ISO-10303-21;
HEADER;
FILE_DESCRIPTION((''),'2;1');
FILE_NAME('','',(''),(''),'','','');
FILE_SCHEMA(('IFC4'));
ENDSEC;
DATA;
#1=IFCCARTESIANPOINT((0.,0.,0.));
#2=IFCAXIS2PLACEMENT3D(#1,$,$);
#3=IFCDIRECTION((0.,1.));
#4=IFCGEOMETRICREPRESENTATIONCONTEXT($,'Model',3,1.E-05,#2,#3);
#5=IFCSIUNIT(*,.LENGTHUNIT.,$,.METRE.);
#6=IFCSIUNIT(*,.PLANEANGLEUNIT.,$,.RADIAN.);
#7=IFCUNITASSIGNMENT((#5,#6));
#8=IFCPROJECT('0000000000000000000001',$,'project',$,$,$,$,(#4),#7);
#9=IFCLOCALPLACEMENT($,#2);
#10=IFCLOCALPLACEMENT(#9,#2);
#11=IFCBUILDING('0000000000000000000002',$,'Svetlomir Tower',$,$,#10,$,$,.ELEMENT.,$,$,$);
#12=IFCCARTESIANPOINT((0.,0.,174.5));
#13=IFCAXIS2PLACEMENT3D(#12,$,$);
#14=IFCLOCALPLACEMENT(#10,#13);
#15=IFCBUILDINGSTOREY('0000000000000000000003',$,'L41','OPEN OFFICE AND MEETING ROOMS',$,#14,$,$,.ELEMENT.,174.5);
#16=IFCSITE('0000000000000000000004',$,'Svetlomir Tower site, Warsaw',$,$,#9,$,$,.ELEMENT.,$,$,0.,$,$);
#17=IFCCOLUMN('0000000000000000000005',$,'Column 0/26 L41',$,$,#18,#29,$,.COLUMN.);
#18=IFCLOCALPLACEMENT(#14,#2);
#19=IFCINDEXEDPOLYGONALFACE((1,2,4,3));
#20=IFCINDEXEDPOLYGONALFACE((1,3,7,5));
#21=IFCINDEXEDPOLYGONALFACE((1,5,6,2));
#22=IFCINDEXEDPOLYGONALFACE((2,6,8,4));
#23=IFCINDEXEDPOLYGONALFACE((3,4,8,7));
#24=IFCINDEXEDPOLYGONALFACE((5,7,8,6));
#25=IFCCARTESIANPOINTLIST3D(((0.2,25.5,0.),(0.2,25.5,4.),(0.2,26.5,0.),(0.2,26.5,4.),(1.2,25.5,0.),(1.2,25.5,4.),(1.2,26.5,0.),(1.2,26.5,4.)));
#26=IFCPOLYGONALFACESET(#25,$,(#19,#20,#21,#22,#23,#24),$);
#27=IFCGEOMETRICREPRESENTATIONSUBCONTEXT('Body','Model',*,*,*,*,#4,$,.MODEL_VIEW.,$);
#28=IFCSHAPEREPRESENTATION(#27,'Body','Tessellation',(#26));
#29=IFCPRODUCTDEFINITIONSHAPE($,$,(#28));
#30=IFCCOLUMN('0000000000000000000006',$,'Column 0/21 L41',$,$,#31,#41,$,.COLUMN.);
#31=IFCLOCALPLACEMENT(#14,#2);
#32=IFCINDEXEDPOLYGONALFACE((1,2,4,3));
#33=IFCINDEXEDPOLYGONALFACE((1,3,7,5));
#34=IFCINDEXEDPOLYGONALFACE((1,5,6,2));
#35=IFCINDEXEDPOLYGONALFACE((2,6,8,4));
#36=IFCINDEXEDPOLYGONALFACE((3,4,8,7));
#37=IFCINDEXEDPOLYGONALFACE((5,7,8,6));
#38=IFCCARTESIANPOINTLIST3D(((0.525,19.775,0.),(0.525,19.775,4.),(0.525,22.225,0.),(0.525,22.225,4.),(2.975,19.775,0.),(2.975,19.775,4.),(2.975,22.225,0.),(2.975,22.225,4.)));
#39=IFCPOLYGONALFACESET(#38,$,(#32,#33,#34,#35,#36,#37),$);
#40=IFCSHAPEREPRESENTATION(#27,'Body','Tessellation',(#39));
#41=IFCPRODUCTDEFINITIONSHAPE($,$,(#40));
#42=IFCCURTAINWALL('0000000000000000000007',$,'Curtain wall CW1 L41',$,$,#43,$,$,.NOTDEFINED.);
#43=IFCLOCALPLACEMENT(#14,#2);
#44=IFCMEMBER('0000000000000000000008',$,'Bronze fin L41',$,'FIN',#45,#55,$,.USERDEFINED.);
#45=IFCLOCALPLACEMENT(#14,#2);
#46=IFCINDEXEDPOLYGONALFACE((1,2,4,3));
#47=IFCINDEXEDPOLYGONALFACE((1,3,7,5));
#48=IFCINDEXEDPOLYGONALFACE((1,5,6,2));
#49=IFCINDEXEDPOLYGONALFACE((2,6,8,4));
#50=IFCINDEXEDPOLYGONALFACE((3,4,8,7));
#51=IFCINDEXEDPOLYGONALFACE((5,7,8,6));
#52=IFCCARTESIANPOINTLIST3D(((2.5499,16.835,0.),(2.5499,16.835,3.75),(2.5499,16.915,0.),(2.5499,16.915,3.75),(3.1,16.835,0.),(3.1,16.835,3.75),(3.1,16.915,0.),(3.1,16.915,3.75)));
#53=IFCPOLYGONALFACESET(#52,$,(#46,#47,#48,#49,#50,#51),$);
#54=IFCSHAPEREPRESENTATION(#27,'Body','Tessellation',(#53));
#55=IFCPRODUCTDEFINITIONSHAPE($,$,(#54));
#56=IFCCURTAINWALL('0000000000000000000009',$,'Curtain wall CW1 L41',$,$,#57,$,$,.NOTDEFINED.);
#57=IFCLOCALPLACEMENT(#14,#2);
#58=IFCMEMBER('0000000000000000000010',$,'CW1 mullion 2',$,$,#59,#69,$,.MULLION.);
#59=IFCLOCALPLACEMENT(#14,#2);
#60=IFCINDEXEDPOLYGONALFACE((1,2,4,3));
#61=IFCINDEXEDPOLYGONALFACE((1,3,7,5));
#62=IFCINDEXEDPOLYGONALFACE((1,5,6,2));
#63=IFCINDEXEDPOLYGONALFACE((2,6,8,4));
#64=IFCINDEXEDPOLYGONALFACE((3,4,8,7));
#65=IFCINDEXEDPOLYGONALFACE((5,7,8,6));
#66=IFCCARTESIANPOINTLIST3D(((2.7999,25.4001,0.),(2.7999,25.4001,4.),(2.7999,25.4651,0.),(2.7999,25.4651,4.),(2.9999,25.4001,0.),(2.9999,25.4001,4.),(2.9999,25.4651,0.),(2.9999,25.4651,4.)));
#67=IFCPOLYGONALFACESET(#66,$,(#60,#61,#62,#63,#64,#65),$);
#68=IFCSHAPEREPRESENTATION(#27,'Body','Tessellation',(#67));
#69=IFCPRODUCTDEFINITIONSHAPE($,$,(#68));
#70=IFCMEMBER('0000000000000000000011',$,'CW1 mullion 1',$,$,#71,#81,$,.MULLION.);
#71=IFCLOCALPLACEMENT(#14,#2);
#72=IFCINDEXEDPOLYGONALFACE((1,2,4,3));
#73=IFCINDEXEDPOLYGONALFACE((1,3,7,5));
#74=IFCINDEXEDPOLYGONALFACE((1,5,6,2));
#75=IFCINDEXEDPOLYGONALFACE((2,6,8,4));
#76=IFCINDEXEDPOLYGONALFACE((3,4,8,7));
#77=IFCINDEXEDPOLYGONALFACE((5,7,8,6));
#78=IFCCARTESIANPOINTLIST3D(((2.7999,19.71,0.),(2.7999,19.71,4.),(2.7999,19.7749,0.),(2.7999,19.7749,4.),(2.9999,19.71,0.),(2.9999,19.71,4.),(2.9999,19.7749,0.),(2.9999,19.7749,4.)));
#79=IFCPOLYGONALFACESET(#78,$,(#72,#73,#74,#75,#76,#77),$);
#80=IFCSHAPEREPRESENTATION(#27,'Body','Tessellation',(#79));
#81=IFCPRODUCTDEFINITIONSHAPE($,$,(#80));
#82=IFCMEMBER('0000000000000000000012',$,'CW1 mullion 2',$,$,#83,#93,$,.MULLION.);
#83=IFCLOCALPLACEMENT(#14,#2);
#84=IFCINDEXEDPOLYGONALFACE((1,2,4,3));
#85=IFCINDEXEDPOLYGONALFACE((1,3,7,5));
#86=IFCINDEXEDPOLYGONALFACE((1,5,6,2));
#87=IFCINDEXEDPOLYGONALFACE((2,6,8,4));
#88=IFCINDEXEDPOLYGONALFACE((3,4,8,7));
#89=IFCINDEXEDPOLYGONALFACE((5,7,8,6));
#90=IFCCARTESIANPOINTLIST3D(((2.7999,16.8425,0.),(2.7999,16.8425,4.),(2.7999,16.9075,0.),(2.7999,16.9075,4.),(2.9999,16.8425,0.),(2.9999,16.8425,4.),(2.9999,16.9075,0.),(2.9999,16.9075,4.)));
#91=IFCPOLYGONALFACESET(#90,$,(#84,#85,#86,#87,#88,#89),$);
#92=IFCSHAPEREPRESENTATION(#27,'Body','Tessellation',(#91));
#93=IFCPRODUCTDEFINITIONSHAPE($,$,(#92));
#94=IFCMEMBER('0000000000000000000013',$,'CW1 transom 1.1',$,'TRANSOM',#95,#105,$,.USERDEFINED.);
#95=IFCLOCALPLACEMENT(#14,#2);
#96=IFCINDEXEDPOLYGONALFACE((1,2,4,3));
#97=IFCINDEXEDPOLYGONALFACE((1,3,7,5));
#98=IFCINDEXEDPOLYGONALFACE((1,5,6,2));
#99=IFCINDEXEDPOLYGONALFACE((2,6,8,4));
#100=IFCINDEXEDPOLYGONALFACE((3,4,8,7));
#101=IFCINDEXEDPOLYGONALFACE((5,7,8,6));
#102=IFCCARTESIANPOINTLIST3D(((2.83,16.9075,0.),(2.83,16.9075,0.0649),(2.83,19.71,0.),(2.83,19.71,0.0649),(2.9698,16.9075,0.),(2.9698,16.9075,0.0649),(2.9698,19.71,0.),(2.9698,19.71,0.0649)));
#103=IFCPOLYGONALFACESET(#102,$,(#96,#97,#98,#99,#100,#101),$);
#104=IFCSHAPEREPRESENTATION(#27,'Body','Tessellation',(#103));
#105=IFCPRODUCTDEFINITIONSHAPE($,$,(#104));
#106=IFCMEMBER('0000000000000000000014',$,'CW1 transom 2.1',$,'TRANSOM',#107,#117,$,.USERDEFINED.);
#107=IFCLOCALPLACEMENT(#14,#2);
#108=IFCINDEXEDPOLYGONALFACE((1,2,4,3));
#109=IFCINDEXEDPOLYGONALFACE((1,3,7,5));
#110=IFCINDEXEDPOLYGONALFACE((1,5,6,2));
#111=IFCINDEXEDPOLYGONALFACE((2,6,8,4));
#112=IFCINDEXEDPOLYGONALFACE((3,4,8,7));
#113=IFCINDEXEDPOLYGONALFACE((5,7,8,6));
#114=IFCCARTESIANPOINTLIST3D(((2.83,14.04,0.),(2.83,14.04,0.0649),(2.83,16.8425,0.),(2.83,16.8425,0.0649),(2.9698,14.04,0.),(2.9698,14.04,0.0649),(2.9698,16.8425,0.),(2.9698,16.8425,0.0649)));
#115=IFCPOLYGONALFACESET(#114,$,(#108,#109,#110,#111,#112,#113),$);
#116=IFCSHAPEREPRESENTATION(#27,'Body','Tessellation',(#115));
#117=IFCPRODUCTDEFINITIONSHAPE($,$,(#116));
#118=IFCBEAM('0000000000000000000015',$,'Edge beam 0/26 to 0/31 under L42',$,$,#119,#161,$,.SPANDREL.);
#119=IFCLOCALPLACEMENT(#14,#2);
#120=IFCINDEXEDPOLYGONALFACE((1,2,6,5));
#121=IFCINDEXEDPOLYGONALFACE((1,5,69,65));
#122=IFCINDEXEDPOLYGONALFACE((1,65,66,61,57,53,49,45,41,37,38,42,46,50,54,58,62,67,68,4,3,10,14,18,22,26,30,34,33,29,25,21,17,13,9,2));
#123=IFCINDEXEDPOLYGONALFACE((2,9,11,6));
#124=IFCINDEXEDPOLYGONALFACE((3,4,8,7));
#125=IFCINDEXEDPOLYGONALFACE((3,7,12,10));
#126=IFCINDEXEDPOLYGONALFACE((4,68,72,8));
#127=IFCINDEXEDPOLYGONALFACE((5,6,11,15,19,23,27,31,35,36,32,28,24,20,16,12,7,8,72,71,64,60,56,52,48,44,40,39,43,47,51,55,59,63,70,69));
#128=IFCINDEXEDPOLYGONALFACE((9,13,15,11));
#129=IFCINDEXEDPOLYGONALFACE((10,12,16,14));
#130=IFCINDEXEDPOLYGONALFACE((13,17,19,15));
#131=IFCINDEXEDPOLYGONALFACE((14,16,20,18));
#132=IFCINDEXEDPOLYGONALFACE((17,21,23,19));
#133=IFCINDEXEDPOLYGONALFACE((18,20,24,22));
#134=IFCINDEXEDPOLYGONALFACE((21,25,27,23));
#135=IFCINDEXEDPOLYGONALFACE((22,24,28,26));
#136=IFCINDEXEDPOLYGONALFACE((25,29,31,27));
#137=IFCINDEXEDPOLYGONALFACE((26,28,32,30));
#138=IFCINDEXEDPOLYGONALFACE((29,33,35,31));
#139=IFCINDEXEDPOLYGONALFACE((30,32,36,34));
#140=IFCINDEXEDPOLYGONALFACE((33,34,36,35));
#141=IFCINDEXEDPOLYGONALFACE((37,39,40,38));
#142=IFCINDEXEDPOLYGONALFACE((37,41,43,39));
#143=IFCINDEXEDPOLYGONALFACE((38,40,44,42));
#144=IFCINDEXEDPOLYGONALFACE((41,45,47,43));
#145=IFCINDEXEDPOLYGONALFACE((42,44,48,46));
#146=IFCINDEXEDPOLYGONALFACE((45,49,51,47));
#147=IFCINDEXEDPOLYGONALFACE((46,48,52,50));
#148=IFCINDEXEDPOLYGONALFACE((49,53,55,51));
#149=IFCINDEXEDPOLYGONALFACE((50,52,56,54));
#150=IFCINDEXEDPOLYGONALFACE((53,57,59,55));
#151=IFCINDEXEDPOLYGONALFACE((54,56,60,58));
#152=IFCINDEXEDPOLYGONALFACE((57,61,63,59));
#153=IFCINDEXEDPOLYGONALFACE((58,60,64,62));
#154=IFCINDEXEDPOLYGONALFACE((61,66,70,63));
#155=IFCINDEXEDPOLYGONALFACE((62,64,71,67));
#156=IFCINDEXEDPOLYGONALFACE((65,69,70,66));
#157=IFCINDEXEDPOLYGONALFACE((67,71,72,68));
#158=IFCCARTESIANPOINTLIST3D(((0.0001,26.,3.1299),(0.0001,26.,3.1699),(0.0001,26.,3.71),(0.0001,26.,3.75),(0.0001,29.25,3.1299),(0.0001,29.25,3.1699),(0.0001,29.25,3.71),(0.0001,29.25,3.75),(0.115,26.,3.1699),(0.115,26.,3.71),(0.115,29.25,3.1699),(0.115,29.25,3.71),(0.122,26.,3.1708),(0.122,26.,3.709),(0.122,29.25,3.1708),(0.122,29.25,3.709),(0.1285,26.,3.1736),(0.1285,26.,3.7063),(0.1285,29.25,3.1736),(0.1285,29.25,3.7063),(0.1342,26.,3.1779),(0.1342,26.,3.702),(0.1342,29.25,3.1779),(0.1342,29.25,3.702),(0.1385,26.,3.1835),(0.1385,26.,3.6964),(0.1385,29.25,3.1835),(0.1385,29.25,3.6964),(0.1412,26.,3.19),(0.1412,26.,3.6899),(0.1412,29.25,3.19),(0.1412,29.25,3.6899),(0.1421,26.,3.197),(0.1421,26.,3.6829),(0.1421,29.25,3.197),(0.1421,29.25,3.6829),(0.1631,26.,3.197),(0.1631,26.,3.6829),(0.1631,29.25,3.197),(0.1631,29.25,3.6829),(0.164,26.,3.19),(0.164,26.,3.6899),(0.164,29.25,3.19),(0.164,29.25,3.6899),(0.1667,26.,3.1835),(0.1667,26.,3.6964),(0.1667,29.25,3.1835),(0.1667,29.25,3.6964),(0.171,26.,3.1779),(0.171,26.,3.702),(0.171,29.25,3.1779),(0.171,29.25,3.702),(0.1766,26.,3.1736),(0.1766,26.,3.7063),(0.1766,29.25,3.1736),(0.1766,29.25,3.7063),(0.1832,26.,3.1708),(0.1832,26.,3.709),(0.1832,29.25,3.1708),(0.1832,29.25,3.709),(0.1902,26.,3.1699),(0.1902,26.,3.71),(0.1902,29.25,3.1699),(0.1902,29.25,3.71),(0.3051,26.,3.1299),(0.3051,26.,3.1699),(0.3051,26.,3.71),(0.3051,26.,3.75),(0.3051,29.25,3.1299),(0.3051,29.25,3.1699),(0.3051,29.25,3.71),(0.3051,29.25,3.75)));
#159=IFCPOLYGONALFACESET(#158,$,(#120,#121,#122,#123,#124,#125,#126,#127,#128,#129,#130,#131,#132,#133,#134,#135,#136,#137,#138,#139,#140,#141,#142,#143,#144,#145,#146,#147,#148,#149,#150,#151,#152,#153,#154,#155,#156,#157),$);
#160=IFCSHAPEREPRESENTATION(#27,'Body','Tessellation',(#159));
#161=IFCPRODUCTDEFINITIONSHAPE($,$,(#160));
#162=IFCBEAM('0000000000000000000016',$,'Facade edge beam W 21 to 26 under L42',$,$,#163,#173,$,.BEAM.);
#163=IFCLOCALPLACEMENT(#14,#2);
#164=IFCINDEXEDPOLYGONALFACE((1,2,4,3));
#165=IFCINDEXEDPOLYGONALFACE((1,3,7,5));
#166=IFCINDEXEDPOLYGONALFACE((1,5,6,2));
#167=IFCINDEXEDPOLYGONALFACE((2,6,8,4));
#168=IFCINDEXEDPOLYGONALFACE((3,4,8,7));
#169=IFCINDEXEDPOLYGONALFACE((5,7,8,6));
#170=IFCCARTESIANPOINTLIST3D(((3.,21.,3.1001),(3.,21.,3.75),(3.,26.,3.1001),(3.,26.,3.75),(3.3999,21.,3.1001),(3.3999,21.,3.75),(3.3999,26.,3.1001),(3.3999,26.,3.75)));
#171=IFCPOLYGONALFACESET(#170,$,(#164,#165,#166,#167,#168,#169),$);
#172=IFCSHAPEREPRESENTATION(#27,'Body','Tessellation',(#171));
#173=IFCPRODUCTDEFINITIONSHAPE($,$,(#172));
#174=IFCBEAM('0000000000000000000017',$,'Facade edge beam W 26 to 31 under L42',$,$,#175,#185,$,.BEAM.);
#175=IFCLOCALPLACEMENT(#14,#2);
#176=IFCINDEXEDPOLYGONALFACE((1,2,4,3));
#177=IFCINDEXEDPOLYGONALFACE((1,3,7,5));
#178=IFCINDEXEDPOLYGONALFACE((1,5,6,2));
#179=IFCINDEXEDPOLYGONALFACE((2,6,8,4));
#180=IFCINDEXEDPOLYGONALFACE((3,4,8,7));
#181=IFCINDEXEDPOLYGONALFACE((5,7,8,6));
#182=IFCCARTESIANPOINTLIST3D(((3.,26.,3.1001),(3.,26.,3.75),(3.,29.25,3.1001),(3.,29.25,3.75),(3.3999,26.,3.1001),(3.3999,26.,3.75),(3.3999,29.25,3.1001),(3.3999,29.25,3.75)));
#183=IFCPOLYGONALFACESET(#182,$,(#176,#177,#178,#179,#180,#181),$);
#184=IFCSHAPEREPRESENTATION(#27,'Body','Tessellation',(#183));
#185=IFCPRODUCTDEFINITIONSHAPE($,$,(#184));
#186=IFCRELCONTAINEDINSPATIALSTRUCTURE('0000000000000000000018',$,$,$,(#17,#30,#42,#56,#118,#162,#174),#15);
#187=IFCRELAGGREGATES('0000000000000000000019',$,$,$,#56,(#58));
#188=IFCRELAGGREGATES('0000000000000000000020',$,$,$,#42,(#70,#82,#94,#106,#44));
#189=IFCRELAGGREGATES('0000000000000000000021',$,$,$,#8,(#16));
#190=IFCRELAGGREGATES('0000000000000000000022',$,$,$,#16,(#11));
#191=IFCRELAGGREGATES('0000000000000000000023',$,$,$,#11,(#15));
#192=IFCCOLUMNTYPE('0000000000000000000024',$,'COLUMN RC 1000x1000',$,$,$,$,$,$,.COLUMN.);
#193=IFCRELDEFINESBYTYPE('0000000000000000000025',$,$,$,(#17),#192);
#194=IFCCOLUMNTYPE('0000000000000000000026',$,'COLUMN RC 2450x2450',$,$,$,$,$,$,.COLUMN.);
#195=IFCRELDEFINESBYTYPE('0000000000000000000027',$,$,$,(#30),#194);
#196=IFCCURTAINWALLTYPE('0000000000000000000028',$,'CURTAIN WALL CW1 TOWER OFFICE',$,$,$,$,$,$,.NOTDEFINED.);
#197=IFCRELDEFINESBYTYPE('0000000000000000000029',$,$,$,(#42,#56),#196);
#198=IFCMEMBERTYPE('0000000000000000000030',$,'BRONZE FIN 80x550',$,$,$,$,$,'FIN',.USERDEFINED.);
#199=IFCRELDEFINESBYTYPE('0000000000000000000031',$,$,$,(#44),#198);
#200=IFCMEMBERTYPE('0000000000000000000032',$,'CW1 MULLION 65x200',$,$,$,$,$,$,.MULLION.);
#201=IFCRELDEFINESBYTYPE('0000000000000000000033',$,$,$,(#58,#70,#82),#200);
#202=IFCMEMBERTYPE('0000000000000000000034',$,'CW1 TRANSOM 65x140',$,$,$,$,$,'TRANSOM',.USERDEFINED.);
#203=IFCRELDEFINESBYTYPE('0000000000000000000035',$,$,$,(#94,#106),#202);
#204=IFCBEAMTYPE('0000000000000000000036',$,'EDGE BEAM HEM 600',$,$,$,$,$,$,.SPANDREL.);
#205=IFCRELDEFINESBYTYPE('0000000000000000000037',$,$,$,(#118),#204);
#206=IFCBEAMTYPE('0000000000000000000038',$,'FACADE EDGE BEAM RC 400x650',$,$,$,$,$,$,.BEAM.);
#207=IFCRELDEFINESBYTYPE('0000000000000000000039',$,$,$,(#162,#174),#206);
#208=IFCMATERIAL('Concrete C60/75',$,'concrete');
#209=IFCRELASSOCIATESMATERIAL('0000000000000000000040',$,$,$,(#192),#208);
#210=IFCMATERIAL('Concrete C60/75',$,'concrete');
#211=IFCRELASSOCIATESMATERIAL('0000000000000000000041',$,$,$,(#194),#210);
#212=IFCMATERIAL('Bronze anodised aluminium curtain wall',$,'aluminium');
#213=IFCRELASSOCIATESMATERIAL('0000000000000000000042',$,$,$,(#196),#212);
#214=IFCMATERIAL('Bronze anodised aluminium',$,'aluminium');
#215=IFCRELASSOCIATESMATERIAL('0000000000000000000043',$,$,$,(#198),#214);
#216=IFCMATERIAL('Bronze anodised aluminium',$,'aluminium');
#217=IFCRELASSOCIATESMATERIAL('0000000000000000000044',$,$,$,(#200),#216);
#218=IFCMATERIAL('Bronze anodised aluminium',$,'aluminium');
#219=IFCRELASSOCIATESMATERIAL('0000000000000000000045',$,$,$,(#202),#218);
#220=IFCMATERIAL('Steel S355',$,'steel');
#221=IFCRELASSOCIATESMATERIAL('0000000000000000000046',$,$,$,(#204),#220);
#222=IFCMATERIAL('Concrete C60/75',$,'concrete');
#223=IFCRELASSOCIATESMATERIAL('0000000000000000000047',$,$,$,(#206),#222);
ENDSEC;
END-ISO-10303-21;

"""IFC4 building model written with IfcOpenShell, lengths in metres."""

from ifc_helpers import new_model, si_unit, direction, frame, origin, origin_2d, place, context, subcontext, project, spatial, rectangle, i_section, extrude, material, material_profile, profile_set, type_object, element, aggregate, save


model = new_model("IFC4")

# Units and contexts
model_context = context("Model", 3, precision=1e-05, world=origin(), true_north=direction((0.0, 1.0)))
body_context = subcontext(model_context, "Body", "Model", "MODEL_VIEW")
ifc_project = project(units=[si_unit("LENGTHUNIT", "METRE"), si_unit("PLANEANGLEUNIT", "RADIAN")], contexts=[model_context])

# Site, building, storey
site_placement = place(None, origin())
site = spatial("IfcSite", under=ifc_project, at=site_placement, Name="Svetlomir Tower site, Warsaw", CompositionType="ELEMENT", RefElevation=0.0)
building_placement = place(site_placement, origin())
building = spatial("IfcBuilding", under=site, at=building_placement, Name="Svetlomir Tower", CompositionType="ELEMENT")
storey_placement = place(building_placement, frame((0.0, 0.0, 174.5)))
storey = spatial("IfcBuildingStorey", under=building, at=storey_placement, Name="L41", Description="OPEN OFFICE AND MEETING ROOMS", CompositionType="ELEMENT", Elevation=174.5)

# Columns
ifc_material_1 = material(Name="Concrete C60/75", Category="concrete")
ifc_material_profile_1 = material_profile(ifc_material_1, rectangle(XDim=1.0, YDim=1.0, at=origin_2d()), Name="RC 1000x1000")
ifc_profile_set_1 = profile_set([ifc_material_profile_1], Name="Concrete C60/75")
column_type_1 = type_object("IfcColumnType", Name="COLUMN RC 1000x1000", PredefinedType="COLUMN", material=ifc_profile_set_1)
column_1_placement = place(storey_placement, frame((0.7, 26.0, 0.0), z_axis=(0.0, 0.0, 1.0), x_axis=(1.0, 0.0, 0.0)))
element("IfcColumn", 1, at=column_1_placement, inside=storey, type_object=column_type_1, Name="Column 0/26 L41", PredefinedType="COLUMN", context=body_context, shape_type="SweptSolid", body=[
    extrude(rectangle(XDim=1.0, YDim=1.0, at=origin_2d()), origin(), (0.0, 0.0, 1.0), 4.0),
])
ifc_material_2 = material(Name="Concrete C60/75", Category="concrete")
ifc_material_profile_2 = material_profile(ifc_material_2, rectangle(XDim=2.45, YDim=2.45, at=origin_2d()), Name="RC 2450x2450")
ifc_profile_set_2 = profile_set([ifc_material_profile_2], Name="Concrete C60/75")
column_type_2 = type_object("IfcColumnType", Name="COLUMN RC 2450x2450", PredefinedType="COLUMN", material=ifc_profile_set_2)
column_2_placement = place(storey_placement, frame((1.75, 21.0, 0.0), z_axis=(0.0, 0.0, 1.0), x_axis=(1.0, 0.0, 0.0)))
element("IfcColumn", 2, at=column_2_placement, inside=storey, type_object=column_type_2, Name="Column 0/21 L41", PredefinedType="COLUMN", context=body_context, shape_type="SweptSolid", body=[
    extrude(rectangle(XDim=2.45, YDim=2.45, at=origin_2d()), origin(), (0.0, 0.0, 1.0), 4.0),
])

# Curtain walls, members
ifc_material_3 = material(Name="Bronze anodised aluminium curtain wall", Category="aluminium")
curtain_wall_type = type_object("IfcCurtainWallType", Name="CURTAIN WALL CW1 TOWER OFFICE", PredefinedType="NOTDEFINED", material=ifc_material_3)
curtain_wall_1_placement = place(storey_placement, origin())
curtain_wall_1 = element("IfcCurtainWall", 3, at=curtain_wall_1_placement, inside=storey, type_object=curtain_wall_type, Name="Curtain wall CW1 L41", PredefinedType="NOTDEFINED")
ifc_material_4 = material(Name="Bronze anodised aluminium", Category="aluminium")
ifc_material_profile_3 = material_profile(ifc_material_4, rectangle(XDim=0.0801, YDim=0.55, at=origin_2d()), Name="FIN 80x550")
ifc_profile_set_3 = profile_set([ifc_material_profile_3], Name="Bronze anodised aluminium 6063-T6")
member_type_1 = type_object("IfcMemberType", Name="BRONZE FIN 80x550", ElementType="FIN", PredefinedType="USERDEFINED", material=ifc_profile_set_3)
member_1_placement = place(storey_placement, frame((2.825, 16.875, 0.0), z_axis=(0.0, 0.0, 1.0), x_axis=(0.0, 1.0, 0.0)))
member_1 = element("IfcMember", 4, at=member_1_placement, type_object=member_type_1, Name="Bronze fin L41", ObjectType="FIN", PredefinedType="USERDEFINED", context=body_context, shape_type="SweptSolid", body=[
    extrude(rectangle(XDim=0.0801, YDim=0.55, at=origin_2d()), origin(), (0.0, 0.0, 1.0), 3.75),
])
curtain_wall_2_placement = place(storey_placement, origin())
curtain_wall_2 = element("IfcCurtainWall", 5, at=curtain_wall_2_placement, inside=storey, type_object=curtain_wall_type, Name="Curtain wall CW1 L41", PredefinedType="NOTDEFINED")
ifc_material_5 = material(Name="Bronze anodised aluminium", Category="aluminium")
ifc_material_profile_4 = material_profile(ifc_material_5, rectangle(XDim=0.0649, YDim=0.2, at=origin_2d()), Name="AL 65x200")
ifc_profile_set_4 = profile_set([ifc_material_profile_4], Name="Bronze anodised aluminium 6063-T6")
member_type_2 = type_object("IfcMemberType", Name="CW1 MULLION 65x200", PredefinedType="MULLION", material=ifc_profile_set_4)
member_2_placement = place(storey_placement, frame((2.8999, 25.4326, 0.0), z_axis=(0.0, 0.0, 1.0), x_axis=(0.0, -1.0, 0.0)))
member_2 = element("IfcMember", 6, at=member_2_placement, type_object=member_type_2, Name="CW1 mullion 2", PredefinedType="MULLION", context=body_context, shape_type="SweptSolid", body=[
    extrude(rectangle(XDim=0.0649, YDim=0.2, at=origin_2d()), origin(), (0.0, 0.0, 1.0), 4.0),
])
aggregate(curtain_wall_2, [member_2])

# Members
member_3_placement = place(storey_placement, frame((2.8999, 19.7424, 0.0), z_axis=(0.0, 0.0, 1.0), x_axis=(0.0, -1.0, 0.0)))
member_3 = element("IfcMember", 7, at=member_3_placement, type_object=member_type_2, Name="CW1 mullion 1", PredefinedType="MULLION", context=body_context, shape_type="SweptSolid", body=[
    extrude(rectangle(XDim=0.0649, YDim=0.2, at=origin_2d()), origin(), (0.0, 0.0, 1.0), 4.0),
])
member_4_placement = place(storey_placement, frame((2.8999, 16.875, 0.0), z_axis=(0.0, 0.0, 1.0), x_axis=(0.0, -1.0, 0.0)))
member_4 = element("IfcMember", 8, at=member_4_placement, type_object=member_type_2, Name="CW1 mullion 2", PredefinedType="MULLION", context=body_context, shape_type="SweptSolid", body=[
    extrude(rectangle(XDim=0.0649, YDim=0.2, at=origin_2d()), origin(), (0.0, 0.0, 1.0), 4.0),
])
ifc_material_6 = material(Name="Bronze anodised aluminium", Category="aluminium")
ifc_material_profile_5 = material_profile(ifc_material_6, rectangle(XDim=0.1399, YDim=0.0649, at=origin_2d()), Name="AL 140x65")
ifc_profile_set_5 = profile_set([ifc_material_profile_5], Name="Bronze anodised aluminium 6063-T6")
member_type_3 = type_object("IfcMemberType", Name="CW1 TRANSOM 65x140", ElementType="TRANSOM", PredefinedType="USERDEFINED", material=ifc_profile_set_5)
member_5_placement = place(storey_placement, frame((2.8999, 19.71, 0.0325), z_axis=(0.0, -1.0, 0.0), x_axis=(1.0, 0.0, 0.0)))
member_5 = element("IfcMember", 9, at=member_5_placement, type_object=member_type_3, Name="CW1 transom 1.1", ObjectType="TRANSOM", PredefinedType="USERDEFINED", context=body_context, shape_type="SweptSolid", body=[
    extrude(rectangle(XDim=0.1399, YDim=0.0649, at=origin_2d()), origin(), (0.0, 0.0, 1.0), 2.8025),
])
member_6_placement = place(storey_placement, frame((2.8999, 16.8425, 0.0325), z_axis=(0.0, -1.0, 0.0), x_axis=(1.0, 0.0, 0.0)))
member_6 = element("IfcMember", 10, at=member_6_placement, type_object=member_type_3, Name="CW1 transom 2.1", ObjectType="TRANSOM", PredefinedType="USERDEFINED", context=body_context, shape_type="SweptSolid", body=[
    extrude(rectangle(XDim=0.1399, YDim=0.0649, at=origin_2d()), origin(), (0.0, 0.0, 1.0), 2.8025),
])

# Beams
ifc_material_7 = material(Name="Steel S355", Category="steel")
ifc_material_profile_6 = material_profile(ifc_material_7, i_section(OverallWidth=0.3049, OverallDepth=0.6201, WebThickness=0.021, FlangeThickness=0.04, FilletRadius=0.0271, at=origin_2d()), Name="HEM 600")
ifc_profile_set_6 = profile_set([ifc_material_profile_6], Name="Steel S355")
beam_type_1 = type_object("IfcBeamType", Name="EDGE BEAM HEM 600", PredefinedType="SPANDREL", material=ifc_profile_set_6)
beam_1_placement = place(storey_placement, frame((0.1526, 26.0, 3.4399), z_axis=(0.0, 1.0, 0.0), x_axis=(-1.0, 0.0, 0.0)))
element("IfcBeam", 11, at=beam_1_placement, inside=storey, type_object=beam_type_1, Name="Edge beam 0/26 to 0/31 under L42", PredefinedType="SPANDREL", context=body_context, shape_type="SweptSolid", body=[
    extrude(i_section(OverallWidth=0.3049, OverallDepth=0.6201, WebThickness=0.021, FlangeThickness=0.04, FilletRadius=0.0271, at=origin_2d()), origin(), (0.0, 0.0, 1.0), 3.25),
])
ifc_material_8 = material(Name="Concrete C60/75", Category="concrete")
ifc_material_profile_7 = material_profile(ifc_material_8, rectangle(XDim=0.3999, YDim=0.6499, at=origin_2d()), Name="RC 400x650")
ifc_profile_set_7 = profile_set([ifc_material_profile_7], Name="Concrete C60/75")
beam_type_2 = type_object("IfcBeamType", Name="FACADE EDGE BEAM RC 400x650", PredefinedType="BEAM", material=ifc_profile_set_7)
beam_2_placement = place(storey_placement, frame((3.2, 21.0, 3.425), z_axis=(0.0, 1.0, 0.0), x_axis=(-1.0, 0.0, 0.0)))
element("IfcBeam", 12, at=beam_2_placement, inside=storey, type_object=beam_type_2, Name="Facade edge beam W 21 to 26 under L42", PredefinedType="BEAM", context=body_context, shape_type="SweptSolid", body=[
    extrude(rectangle(XDim=0.3999, YDim=0.6499, at=origin_2d()), origin(), (0.0, 0.0, 1.0), 5.0),
])
beam_3_placement = place(storey_placement, frame((3.2, 26.0, 3.425), z_axis=(0.0, 1.0, 0.0), x_axis=(-1.0, 0.0, 0.0)))
element("IfcBeam", 13, at=beam_3_placement, inside=storey, type_object=beam_type_2, Name="Facade edge beam W 26 to 31 under L42", PredefinedType="BEAM", context=body_context, shape_type="SweptSolid", body=[
    extrude(rectangle(XDim=0.3999, YDim=0.6499, at=origin_2d()), origin(), (0.0, 0.0, 1.0), 3.25),
])

aggregate(curtain_wall_1, [member_3, member_4, member_5, member_6, member_1])

save(model, "model.ifc")
